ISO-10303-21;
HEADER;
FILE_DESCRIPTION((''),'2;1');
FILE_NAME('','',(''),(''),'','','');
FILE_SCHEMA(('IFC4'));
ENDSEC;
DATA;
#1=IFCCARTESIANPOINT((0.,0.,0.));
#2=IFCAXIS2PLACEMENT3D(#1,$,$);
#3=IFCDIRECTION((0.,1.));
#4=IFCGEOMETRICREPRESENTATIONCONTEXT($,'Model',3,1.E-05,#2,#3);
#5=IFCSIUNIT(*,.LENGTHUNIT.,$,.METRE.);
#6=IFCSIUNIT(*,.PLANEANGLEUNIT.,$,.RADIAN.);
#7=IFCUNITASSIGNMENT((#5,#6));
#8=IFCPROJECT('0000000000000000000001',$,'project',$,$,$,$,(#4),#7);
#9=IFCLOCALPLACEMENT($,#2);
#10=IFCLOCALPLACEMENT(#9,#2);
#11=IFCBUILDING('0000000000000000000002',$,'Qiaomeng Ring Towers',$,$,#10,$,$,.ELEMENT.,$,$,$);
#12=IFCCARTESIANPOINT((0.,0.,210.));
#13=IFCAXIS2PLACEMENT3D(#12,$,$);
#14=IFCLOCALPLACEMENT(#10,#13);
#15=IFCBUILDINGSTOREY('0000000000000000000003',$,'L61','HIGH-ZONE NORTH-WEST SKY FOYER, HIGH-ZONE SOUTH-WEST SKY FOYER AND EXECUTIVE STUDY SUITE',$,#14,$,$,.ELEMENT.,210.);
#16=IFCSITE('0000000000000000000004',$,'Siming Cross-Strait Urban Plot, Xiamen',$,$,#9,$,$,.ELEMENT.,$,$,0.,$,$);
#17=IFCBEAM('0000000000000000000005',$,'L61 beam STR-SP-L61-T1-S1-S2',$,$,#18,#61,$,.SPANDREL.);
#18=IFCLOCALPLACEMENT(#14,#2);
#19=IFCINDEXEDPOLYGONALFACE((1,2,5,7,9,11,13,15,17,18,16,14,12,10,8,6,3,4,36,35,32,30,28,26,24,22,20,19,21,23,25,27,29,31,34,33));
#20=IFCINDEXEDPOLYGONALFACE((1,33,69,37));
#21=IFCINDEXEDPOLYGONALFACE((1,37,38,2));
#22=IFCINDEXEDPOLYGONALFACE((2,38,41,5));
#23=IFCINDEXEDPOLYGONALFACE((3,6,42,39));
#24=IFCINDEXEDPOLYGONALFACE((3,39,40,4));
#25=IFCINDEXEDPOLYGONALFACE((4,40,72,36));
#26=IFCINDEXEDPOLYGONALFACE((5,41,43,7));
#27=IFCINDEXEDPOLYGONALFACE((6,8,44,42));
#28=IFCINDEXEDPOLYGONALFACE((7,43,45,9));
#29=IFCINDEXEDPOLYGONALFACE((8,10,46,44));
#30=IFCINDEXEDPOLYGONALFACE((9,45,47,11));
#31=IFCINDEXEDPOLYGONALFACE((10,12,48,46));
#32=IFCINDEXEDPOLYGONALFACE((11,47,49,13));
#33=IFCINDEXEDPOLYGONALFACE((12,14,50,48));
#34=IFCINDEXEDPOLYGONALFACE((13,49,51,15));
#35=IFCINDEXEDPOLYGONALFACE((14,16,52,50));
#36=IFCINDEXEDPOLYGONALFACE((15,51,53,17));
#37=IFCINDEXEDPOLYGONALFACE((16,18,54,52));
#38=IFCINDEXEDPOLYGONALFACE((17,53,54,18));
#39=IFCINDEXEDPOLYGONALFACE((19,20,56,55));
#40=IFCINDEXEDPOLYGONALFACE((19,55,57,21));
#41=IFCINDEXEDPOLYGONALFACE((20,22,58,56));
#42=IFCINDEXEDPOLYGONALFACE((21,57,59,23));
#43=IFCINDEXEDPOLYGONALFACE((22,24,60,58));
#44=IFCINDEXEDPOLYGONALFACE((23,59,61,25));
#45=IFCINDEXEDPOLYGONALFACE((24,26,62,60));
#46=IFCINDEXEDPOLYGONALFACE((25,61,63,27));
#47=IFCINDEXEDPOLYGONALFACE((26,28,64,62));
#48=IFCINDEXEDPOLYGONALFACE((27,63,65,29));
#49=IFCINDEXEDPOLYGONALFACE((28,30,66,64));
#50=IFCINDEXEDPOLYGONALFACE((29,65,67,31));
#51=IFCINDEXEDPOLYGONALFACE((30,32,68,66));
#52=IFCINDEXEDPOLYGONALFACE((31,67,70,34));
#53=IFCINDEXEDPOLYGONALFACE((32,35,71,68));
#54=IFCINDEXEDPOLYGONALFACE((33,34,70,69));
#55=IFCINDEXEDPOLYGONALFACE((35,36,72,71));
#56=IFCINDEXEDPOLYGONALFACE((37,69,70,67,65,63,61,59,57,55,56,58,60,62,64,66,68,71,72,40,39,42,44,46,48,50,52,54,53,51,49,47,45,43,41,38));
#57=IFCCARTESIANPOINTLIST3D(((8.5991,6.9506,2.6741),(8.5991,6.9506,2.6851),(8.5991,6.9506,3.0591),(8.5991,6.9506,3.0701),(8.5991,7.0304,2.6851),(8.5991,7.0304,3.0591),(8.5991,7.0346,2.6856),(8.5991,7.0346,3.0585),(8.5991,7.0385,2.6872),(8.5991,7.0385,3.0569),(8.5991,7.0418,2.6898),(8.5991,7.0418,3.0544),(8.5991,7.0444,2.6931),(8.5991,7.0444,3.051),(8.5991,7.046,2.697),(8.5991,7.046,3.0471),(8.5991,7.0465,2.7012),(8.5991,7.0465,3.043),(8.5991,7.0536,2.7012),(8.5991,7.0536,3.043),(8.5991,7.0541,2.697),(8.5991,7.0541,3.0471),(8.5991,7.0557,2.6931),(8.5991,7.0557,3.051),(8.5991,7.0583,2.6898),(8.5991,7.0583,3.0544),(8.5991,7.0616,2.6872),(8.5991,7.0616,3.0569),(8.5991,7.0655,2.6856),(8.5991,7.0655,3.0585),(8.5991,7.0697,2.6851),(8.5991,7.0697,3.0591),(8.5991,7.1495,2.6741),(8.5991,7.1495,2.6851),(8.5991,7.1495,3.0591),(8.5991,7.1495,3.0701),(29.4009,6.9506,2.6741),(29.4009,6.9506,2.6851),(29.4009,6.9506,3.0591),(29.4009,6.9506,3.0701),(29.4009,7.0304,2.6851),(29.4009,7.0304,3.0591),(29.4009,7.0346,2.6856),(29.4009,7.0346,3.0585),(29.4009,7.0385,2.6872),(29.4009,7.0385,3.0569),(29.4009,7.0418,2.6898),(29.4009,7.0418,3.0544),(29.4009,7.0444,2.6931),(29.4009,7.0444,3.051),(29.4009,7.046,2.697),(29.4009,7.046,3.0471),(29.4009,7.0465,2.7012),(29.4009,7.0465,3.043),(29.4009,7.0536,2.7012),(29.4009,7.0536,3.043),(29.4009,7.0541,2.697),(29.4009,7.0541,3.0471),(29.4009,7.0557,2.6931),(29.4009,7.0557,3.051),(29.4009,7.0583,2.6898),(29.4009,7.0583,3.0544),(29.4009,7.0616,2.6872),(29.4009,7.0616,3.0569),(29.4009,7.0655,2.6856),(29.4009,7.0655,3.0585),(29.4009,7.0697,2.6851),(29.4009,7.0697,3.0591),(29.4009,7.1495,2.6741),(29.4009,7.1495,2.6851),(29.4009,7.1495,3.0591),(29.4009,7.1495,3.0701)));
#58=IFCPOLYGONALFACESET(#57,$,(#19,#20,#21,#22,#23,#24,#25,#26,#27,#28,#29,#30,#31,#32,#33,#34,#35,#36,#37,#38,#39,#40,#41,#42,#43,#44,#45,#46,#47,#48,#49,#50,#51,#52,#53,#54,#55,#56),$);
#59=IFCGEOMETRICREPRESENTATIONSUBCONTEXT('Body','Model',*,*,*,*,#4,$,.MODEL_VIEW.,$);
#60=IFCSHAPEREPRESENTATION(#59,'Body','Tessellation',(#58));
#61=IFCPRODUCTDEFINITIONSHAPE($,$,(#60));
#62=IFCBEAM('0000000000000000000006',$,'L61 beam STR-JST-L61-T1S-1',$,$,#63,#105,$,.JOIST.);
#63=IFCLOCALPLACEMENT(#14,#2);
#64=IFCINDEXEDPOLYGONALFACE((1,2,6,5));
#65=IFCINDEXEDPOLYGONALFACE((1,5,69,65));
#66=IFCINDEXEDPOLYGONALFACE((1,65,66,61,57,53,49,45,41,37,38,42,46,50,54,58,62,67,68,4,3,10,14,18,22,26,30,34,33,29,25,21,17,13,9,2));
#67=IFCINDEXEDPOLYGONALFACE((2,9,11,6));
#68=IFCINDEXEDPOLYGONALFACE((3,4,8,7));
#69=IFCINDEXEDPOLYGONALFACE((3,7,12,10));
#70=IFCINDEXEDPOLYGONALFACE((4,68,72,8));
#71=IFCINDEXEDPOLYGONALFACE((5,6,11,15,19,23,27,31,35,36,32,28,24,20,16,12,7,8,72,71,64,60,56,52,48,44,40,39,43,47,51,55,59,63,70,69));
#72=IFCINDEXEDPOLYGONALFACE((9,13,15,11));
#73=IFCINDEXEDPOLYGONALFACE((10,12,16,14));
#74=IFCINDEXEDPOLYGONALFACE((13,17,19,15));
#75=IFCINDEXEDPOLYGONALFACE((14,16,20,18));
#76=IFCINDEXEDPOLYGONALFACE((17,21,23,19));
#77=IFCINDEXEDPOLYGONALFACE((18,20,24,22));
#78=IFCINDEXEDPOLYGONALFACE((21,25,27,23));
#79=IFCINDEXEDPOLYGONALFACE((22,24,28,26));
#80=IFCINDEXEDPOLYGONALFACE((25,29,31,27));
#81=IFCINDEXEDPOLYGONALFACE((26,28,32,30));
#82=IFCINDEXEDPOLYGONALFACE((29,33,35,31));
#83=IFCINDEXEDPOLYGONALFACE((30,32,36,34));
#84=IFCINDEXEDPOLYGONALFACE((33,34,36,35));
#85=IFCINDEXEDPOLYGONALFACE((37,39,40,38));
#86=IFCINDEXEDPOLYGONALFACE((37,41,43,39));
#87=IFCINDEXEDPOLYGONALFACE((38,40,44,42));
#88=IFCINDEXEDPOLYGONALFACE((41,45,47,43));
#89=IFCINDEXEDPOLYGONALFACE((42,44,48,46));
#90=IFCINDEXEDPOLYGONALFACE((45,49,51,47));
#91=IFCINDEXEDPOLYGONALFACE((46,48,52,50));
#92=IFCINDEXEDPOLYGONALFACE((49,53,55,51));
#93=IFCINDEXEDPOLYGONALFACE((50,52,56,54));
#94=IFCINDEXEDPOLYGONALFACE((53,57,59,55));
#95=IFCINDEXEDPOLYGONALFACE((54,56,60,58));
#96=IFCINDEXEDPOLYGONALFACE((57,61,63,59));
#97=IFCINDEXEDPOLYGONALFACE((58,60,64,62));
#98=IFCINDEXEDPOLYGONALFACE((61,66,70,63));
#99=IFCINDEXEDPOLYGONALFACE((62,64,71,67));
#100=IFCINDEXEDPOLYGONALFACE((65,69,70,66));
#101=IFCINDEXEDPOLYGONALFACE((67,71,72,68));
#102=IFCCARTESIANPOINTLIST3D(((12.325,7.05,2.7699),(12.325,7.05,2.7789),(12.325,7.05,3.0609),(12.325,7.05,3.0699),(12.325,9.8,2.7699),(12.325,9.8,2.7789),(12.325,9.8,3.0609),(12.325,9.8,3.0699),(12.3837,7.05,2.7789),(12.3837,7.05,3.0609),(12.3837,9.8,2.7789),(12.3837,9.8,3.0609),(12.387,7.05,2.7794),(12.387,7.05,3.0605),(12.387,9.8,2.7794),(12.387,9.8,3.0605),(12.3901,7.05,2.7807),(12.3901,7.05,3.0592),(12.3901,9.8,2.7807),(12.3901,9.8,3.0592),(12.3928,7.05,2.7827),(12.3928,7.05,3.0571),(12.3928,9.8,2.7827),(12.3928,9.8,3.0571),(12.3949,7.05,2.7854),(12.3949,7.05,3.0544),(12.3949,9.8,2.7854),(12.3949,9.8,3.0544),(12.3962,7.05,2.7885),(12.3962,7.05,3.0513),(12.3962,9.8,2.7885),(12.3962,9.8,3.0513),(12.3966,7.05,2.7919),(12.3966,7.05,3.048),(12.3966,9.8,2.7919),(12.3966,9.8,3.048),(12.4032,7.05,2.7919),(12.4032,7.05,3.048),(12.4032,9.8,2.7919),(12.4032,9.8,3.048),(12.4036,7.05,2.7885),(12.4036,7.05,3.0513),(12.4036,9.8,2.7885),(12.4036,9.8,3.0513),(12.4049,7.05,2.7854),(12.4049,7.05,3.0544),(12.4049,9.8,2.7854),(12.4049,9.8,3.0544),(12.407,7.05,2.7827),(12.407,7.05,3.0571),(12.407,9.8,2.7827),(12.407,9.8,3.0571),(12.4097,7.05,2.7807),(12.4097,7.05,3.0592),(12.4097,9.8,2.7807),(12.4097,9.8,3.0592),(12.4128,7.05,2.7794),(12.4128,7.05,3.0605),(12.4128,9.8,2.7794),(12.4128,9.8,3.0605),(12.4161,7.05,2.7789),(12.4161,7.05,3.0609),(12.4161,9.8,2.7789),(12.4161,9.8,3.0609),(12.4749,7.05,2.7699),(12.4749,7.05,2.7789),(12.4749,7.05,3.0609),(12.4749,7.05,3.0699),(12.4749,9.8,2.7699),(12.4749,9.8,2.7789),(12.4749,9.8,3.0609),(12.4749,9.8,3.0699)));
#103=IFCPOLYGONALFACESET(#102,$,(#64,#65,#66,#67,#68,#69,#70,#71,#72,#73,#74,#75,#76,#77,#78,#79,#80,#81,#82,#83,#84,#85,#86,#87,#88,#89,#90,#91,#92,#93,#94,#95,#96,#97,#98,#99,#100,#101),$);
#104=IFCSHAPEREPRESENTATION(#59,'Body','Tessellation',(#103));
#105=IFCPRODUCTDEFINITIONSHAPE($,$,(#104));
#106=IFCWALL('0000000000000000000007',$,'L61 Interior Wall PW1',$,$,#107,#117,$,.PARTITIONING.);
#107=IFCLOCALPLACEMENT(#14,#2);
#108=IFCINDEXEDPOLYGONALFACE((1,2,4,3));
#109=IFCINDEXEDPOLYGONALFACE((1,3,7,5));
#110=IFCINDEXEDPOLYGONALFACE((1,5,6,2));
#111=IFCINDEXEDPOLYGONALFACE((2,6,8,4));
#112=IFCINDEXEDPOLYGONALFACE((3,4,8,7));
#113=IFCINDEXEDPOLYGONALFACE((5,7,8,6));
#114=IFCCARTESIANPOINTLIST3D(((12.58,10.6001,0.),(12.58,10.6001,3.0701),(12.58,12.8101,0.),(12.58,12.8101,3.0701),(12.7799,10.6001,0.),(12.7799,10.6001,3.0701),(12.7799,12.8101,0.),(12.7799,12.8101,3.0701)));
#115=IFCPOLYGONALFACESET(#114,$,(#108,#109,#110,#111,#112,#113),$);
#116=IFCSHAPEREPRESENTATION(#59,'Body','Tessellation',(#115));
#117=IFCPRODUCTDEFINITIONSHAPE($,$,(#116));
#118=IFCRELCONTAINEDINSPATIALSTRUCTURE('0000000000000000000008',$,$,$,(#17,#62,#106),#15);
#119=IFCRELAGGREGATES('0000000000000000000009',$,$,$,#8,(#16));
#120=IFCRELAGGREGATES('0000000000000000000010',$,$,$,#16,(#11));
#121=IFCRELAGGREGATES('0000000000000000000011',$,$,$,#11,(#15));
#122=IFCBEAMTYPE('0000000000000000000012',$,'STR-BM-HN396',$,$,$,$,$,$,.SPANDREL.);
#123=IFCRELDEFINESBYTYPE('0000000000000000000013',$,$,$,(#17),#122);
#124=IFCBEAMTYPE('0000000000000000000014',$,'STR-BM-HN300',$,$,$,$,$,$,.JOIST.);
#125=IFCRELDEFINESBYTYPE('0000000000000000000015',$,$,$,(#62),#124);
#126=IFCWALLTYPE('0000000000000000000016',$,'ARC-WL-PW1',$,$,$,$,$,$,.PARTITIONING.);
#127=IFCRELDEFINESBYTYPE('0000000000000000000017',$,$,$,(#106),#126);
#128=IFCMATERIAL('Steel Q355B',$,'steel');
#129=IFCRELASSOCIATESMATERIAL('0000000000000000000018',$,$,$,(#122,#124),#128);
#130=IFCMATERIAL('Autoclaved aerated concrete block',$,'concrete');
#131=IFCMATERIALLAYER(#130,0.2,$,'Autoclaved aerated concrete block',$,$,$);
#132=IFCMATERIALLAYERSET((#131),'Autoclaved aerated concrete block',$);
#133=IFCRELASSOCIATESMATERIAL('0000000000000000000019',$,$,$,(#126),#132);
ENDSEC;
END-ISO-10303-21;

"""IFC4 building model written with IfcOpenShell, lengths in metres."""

from ifc_helpers import new_model, si_unit, direction, frame, frame_2d, origin, origin_2d, place, context, subcontext, project, spatial, rectangle, i_section, extrude, source, transform, mapped, material, layer, layer_set, material_profile, profile_set, type_object, element, save


model = new_model("IFC4")

# Units and contexts
model_context = context("Model", 3, precision=1e-05, world=origin(), true_north=direction((0.0, 1.0)))
body_context = subcontext(model_context, "Body", "Model", "MODEL_VIEW")
ifc_project = project(units=[si_unit("LENGTHUNIT", "METRE"), si_unit("PLANEANGLEUNIT", "RADIAN")], contexts=[model_context])

# Site, building, storey
site_placement = place(None, origin())
site = spatial("IfcSite", under=ifc_project, at=site_placement, Name="Siming Cross-Strait Urban Plot, Xiamen", CompositionType="ELEMENT", RefElevation=0.0)
building_placement = place(site_placement, origin())
building = spatial("IfcBuilding", under=site, at=building_placement, Name="Qiaomeng Ring Towers", CompositionType="ELEMENT")
storey_placement = place(building_placement, frame((0.0, 0.0, 210.0)))
storey = spatial("IfcBuildingStorey", under=building, at=storey_placement, Name="L61", Description="HIGH-ZONE NORTH-WEST SKY FOYER, HIGH-ZONE SOUTH-WEST SKY FOYER AND EXECUTIVE STUDY SUITE", CompositionType="ELEMENT", Elevation=210.0)

# Beams
ifc_material_1 = material(Name="Steel Q355B", Category="steel")
ifc_material_profile_1 = material_profile(ifc_material_1, i_section(OverallWidth=0.199, OverallDepth=0.396, WebThickness=0.0071, FlangeThickness=0.011, FilletRadius=0.0161, at=origin_2d()), Name="HN 396x199x7x11")
ifc_profile_set_1 = profile_set([ifc_material_profile_1], Name="Steel Q355B")
beam_type_1 = type_object("IfcBeamType", Name="STR-BM-HN396", PredefinedType="SPANDREL", material=ifc_profile_set_1)
shared_shape_1 = source(origin(), body_context, "Body", "SweptSolid", [
    extrude(i_section(OverallWidth=0.199, OverallDepth=0.396, WebThickness=0.0071, FlangeThickness=0.011, FilletRadius=0.0161, at=origin_2d()), origin(), (0.0, 0.0, 1.0), 20.8018),
])
beam_1_placement = place(storey_placement, frame((8.5991, 7.05, 2.8721), z_axis=(1.0, 0.0, 0.0), x_axis=(0.0, 1.0, 0.0)))
element("IfcBeam", 1, at=beam_1_placement, inside=storey, type_object=beam_type_1, Name="L61 beam STR-SP-L61-T1-S1-S2", PredefinedType="SPANDREL", context=body_context, shape_type="MappedRepresentation", body=[
    mapped(shared_shape_1, transform((0.0, 0.0, 0.0), x_axis=(1.0, 0.0, 0.0), y_axis=(0.0, 1.0, 0.0), z_axis=(0.0, 0.0, 1.0), scale=1.0)),
])
ifc_material_profile_2 = material_profile(ifc_material_1, i_section(OverallWidth=0.1499, OverallDepth=0.3, WebThickness=0.0066, FlangeThickness=0.009, FilletRadius=0.0129, at=origin_2d()), Name="HN 300x150x6.5x9")
ifc_profile_set_2 = profile_set([ifc_material_profile_2], Name="Steel Q355B")
beam_type_2 = type_object("IfcBeamType", Name="STR-BM-HN300", PredefinedType="JOIST", material=ifc_profile_set_2)
shared_shape_2 = source(origin(), body_context, "Body", "SweptSolid", [
    extrude(i_section(OverallWidth=0.1499, OverallDepth=0.3, WebThickness=0.0066, FlangeThickness=0.009, FilletRadius=0.0129, at=origin_2d()), origin(), (0.0, 0.0, 1.0), 2.75),
])
beam_2_placement = place(storey_placement, frame((12.3999, 7.05, 2.9199), z_axis=(0.0, 1.0, 0.0), x_axis=(-1.0, 0.0, 0.0)))
element("IfcBeam", 2, at=beam_2_placement, inside=storey, type_object=beam_type_2, Name="L61 beam STR-JST-L61-T1S-1", PredefinedType="JOIST", context=body_context, shape_type="MappedRepresentation", body=[
    mapped(shared_shape_2, transform((0.0, 0.0, 0.0), x_axis=(1.0, 0.0, 0.0), y_axis=(0.0, 1.0, 0.0), z_axis=(0.0, 0.0, 1.0), scale=1.0)),
])

# Wall
ifc_material_2 = material(Name="Autoclaved aerated concrete block", Category="concrete")
ifc_layer_1 = layer(ifc_material_2, 0.2, Name="Autoclaved aerated concrete block")
ifc_layer_set_1 = layer_set([ifc_layer_1], Name="Autoclaved aerated concrete block")
wall_type_1 = type_object("IfcWallType", Name="ARC-WL-PW1", PredefinedType="PARTITIONING", material=ifc_layer_set_1)
wall_1_placement = place(storey_placement, frame((12.6799, 10.6001, 0.0), z_axis=(0.0, 0.0, 1.0), x_axis=(0.0, 1.0, 0.0)))
element("IfcWall", 3, at=wall_1_placement, inside=storey, type_object=wall_type_1, Name="L61 Interior Wall PW1", PredefinedType="PARTITIONING", context=body_context, shape_type="SweptSolid", body=[
    extrude(rectangle(XDim=2.21, YDim=0.2, at=frame_2d((1.105, 0.0))), origin(), (0.0, 0.0, 1.0), 3.0701),
])

save(model, "model.ifc")
